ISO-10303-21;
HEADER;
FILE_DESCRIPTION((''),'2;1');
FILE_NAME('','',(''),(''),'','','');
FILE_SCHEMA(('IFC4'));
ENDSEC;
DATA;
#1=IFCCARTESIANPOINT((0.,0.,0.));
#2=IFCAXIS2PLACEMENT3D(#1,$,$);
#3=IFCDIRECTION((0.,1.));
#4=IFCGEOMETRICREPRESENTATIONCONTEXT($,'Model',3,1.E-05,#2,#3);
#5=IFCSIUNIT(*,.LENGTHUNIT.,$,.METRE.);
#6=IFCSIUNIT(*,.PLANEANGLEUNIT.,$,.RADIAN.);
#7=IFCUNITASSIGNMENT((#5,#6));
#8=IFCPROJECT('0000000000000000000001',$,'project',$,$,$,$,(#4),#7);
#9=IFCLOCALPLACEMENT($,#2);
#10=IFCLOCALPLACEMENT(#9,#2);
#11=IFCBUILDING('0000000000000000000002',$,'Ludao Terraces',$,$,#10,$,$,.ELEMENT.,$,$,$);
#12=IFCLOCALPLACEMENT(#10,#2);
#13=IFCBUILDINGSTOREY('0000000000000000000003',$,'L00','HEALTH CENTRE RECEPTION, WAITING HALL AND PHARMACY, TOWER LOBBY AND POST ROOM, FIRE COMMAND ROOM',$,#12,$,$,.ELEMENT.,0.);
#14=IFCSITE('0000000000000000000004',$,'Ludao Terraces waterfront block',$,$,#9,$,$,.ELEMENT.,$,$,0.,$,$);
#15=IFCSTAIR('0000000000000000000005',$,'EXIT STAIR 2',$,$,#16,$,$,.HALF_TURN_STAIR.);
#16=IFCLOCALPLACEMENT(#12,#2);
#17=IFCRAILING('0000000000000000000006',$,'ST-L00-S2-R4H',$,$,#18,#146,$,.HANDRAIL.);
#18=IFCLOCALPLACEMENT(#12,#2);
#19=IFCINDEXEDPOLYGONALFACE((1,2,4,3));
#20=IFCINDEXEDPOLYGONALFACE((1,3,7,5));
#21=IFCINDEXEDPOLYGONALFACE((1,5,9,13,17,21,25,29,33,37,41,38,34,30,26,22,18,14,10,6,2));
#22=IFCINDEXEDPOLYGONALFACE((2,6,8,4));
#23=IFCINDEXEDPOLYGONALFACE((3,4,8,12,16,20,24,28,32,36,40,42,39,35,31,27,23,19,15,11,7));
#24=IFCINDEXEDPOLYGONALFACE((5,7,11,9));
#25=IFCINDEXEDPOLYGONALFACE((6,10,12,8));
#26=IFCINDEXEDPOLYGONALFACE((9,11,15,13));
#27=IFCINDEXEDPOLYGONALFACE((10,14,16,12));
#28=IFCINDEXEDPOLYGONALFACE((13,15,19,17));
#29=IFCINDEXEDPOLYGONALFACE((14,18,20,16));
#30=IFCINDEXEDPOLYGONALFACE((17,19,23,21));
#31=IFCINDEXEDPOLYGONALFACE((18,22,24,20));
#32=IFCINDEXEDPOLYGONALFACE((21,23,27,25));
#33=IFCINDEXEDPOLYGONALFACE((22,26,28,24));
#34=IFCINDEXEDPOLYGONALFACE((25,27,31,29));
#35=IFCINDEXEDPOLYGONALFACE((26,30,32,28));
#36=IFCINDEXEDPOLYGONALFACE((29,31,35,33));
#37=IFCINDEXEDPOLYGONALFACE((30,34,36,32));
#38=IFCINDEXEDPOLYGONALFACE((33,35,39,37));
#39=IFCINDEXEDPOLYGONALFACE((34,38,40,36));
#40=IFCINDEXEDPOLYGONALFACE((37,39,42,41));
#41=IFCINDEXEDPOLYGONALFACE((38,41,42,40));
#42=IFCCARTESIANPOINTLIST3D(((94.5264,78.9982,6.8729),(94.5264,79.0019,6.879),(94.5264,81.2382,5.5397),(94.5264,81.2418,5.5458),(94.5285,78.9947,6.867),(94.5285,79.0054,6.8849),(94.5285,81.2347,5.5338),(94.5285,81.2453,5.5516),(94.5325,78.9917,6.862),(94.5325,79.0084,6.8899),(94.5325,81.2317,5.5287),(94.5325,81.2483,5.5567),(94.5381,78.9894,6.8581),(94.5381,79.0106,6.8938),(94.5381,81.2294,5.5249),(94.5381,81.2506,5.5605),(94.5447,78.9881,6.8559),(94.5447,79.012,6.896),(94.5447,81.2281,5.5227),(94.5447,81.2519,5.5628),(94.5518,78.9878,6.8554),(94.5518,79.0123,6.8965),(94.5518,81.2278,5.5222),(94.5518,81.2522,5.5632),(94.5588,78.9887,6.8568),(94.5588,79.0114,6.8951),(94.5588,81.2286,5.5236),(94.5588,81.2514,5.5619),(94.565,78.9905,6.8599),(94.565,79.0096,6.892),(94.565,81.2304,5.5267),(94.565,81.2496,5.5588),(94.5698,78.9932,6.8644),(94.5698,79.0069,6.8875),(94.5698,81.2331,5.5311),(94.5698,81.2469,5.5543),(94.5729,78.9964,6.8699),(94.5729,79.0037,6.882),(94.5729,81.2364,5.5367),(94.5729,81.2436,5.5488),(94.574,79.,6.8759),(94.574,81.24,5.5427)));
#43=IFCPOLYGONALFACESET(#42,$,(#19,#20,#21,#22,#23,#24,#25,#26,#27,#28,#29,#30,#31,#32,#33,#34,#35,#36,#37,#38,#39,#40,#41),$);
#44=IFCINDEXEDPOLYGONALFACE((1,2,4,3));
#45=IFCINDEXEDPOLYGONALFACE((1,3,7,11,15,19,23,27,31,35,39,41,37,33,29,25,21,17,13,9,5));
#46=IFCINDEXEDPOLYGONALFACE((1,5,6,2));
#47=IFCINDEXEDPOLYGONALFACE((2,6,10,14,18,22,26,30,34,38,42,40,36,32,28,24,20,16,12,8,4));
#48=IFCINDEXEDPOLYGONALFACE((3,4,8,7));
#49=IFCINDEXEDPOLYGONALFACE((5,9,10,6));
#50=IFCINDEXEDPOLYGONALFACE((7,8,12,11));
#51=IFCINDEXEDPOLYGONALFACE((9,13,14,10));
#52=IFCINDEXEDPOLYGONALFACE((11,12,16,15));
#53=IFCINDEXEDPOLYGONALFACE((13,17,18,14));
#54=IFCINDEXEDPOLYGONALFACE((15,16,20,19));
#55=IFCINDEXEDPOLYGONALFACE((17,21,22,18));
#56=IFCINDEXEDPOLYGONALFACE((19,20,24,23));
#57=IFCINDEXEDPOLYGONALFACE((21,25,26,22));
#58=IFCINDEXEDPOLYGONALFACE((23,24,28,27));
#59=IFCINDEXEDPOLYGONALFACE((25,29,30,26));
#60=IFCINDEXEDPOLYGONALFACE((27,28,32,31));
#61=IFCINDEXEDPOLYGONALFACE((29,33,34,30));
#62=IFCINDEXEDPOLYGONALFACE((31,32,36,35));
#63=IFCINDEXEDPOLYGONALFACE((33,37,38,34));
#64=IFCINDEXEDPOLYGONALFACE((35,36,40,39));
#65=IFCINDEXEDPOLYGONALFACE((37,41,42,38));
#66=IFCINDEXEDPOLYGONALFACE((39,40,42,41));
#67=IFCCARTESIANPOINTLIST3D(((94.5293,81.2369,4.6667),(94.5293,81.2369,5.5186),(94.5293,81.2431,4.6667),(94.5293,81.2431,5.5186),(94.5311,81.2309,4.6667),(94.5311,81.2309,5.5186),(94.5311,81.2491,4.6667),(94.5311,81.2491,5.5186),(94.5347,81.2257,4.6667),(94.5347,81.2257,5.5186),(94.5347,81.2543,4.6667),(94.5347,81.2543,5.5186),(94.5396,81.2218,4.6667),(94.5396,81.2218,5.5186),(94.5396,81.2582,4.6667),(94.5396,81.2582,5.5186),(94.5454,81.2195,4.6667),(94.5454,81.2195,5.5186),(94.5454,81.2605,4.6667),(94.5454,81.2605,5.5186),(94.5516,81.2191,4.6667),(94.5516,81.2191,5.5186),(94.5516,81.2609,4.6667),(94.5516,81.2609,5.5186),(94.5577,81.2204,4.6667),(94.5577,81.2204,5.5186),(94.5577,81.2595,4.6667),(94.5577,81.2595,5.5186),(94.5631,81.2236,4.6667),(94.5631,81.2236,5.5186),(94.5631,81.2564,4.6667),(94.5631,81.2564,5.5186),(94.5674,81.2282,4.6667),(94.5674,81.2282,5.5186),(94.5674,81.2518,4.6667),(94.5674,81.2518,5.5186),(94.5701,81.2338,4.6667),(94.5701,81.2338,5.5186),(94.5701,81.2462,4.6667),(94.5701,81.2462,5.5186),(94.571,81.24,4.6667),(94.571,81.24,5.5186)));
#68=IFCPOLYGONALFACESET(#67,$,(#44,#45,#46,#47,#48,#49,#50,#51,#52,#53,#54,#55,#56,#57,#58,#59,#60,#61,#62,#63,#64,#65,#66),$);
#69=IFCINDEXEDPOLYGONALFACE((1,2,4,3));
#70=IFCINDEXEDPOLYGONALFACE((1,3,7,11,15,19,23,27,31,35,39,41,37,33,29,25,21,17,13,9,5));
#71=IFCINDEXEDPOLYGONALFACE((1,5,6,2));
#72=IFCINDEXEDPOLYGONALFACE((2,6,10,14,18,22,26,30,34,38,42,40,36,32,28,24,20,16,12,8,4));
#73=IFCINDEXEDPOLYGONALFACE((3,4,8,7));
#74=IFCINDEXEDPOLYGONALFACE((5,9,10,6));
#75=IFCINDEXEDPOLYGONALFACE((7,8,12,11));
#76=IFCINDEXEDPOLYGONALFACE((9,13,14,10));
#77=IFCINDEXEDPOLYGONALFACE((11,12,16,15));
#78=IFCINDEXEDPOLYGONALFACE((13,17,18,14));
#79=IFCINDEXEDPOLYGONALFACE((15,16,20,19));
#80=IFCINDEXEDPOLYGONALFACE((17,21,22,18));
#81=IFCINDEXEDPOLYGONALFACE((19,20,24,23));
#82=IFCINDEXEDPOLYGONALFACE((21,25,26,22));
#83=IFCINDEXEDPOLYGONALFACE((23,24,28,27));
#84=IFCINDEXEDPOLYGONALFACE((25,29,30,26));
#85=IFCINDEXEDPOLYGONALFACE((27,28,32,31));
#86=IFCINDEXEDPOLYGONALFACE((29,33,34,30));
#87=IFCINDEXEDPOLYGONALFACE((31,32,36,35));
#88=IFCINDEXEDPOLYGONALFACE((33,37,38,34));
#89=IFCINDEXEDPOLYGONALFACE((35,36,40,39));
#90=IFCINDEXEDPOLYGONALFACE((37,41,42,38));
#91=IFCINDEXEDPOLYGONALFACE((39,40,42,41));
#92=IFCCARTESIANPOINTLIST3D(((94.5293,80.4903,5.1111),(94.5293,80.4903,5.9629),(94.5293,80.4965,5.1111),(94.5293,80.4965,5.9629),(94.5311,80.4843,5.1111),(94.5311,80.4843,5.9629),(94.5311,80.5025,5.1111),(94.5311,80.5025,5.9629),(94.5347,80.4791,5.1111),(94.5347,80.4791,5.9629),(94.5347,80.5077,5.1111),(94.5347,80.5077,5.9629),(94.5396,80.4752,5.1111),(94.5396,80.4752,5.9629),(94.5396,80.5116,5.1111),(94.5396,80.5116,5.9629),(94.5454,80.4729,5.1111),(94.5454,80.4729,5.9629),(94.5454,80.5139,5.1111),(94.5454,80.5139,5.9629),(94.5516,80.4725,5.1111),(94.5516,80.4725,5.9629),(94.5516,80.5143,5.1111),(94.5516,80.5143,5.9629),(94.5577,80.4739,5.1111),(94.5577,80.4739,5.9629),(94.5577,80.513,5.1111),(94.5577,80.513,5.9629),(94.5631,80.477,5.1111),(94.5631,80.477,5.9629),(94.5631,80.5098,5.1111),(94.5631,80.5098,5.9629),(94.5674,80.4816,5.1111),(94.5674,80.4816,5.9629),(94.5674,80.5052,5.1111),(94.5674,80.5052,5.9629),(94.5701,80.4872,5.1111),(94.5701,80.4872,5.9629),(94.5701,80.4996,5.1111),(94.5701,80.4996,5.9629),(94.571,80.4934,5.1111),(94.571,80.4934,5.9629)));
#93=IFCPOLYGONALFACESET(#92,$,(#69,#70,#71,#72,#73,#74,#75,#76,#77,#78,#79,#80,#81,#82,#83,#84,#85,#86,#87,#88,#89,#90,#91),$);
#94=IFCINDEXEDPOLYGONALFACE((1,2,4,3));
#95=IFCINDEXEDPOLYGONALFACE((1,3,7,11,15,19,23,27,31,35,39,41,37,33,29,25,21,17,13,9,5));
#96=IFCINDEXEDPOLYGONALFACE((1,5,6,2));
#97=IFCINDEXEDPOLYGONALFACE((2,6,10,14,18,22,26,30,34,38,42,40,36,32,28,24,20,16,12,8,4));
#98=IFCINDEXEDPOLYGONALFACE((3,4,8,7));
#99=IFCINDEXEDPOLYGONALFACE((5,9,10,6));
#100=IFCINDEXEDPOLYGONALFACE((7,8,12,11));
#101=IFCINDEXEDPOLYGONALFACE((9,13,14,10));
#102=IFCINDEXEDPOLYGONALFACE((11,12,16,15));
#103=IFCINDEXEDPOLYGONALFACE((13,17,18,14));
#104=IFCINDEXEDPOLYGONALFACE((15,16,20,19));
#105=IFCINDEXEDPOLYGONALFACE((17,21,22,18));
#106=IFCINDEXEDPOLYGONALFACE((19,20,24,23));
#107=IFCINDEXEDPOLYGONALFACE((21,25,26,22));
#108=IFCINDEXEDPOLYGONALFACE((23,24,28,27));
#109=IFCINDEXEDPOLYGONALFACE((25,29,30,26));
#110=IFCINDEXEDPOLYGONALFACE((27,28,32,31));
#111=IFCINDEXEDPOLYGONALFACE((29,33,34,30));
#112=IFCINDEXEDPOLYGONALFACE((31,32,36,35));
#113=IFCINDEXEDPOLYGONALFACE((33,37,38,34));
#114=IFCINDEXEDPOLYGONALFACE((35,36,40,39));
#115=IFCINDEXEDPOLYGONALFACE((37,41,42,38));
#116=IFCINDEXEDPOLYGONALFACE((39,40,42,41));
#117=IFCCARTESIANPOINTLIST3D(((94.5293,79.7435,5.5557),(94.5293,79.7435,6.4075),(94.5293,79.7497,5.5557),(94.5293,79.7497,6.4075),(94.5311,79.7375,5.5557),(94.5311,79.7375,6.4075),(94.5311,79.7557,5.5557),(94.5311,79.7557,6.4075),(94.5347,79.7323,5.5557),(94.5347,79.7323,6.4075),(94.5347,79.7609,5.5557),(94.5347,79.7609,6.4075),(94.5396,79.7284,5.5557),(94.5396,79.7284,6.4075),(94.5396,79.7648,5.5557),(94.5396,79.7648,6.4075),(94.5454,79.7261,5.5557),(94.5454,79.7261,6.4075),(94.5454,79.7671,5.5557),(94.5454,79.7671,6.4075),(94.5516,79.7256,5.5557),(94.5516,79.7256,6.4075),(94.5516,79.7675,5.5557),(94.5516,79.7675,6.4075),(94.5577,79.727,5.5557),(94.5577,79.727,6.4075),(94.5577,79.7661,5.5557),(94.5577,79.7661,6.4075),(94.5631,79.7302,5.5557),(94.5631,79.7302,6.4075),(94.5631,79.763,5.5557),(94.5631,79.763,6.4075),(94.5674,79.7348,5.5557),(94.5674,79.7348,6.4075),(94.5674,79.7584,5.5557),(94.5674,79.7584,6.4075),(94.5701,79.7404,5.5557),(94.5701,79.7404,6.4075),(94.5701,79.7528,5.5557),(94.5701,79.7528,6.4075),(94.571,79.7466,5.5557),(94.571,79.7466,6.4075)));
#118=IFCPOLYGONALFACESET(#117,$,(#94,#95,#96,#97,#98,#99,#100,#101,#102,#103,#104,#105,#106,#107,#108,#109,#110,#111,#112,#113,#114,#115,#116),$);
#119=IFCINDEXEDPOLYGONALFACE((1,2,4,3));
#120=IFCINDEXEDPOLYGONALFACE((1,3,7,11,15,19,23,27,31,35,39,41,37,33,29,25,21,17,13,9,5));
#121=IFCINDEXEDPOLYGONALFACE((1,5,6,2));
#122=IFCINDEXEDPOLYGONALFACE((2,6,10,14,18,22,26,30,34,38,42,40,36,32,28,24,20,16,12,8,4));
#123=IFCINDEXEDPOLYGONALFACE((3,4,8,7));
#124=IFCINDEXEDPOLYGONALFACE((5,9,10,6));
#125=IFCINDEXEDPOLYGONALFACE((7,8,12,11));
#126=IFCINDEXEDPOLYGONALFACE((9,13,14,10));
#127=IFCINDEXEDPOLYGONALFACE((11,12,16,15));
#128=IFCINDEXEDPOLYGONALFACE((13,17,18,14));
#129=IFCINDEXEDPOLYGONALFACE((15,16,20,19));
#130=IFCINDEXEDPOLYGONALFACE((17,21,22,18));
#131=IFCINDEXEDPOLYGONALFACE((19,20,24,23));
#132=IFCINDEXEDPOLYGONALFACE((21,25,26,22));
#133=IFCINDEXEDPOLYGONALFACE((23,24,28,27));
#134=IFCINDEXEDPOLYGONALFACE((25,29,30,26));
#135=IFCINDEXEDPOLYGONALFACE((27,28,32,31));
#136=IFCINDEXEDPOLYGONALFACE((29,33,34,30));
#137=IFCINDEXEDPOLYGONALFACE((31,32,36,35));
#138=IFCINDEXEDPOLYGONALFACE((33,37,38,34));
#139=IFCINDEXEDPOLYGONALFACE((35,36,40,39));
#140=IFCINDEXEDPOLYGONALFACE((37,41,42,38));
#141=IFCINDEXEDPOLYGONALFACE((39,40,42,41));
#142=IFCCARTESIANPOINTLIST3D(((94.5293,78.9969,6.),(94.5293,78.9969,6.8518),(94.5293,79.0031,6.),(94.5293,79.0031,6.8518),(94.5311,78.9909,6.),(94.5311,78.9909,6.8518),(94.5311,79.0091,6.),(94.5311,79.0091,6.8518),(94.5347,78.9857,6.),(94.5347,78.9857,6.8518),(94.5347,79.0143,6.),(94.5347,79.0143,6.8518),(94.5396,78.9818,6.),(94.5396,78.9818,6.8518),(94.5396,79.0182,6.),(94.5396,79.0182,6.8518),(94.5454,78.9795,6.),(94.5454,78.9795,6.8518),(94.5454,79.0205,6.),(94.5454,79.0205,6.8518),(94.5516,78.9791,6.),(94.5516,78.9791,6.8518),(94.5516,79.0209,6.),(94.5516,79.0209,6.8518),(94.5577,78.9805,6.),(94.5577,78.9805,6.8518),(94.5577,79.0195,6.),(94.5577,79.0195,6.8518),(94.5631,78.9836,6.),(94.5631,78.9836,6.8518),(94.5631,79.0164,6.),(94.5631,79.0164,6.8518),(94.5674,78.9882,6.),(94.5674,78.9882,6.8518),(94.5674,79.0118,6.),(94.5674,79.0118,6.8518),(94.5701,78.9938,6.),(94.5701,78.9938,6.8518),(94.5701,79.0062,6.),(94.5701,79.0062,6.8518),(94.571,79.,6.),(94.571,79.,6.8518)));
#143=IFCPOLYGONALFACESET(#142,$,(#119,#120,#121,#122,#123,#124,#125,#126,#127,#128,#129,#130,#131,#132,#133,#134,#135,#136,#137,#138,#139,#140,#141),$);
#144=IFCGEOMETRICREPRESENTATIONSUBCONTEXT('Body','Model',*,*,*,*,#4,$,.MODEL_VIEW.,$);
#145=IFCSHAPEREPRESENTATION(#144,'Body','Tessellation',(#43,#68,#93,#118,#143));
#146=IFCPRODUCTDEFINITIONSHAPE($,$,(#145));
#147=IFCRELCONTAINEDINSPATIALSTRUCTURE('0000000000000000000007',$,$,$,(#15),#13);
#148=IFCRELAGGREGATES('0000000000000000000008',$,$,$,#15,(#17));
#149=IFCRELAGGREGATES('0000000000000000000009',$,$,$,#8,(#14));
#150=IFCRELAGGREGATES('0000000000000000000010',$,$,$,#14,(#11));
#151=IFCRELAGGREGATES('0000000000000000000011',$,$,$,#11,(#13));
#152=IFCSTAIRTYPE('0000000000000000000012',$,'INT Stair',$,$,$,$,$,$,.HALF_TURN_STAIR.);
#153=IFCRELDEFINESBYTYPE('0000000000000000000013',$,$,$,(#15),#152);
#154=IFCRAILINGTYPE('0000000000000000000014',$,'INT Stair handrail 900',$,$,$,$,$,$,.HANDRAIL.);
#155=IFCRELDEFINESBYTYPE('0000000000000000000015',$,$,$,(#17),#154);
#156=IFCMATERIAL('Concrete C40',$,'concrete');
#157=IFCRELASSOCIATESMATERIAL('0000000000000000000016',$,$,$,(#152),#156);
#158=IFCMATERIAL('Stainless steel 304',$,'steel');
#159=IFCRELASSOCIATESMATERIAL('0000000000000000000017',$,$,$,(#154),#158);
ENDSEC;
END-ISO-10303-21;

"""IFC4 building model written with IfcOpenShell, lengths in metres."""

from ifc_helpers import new_model, si_unit, direction, frame, origin, origin_2d, place, context, subcontext, project, spatial, circle, extrude, material, type_object, element, aggregate, save


model = new_model("IFC4")

# Units and contexts
model_context = context("Model", 3, precision=1e-05, world=origin(), true_north=direction((0.0, 1.0)))
body_context = subcontext(model_context, "Body", "Model", "MODEL_VIEW")
ifc_project = project(units=[si_unit("LENGTHUNIT", "METRE"), si_unit("PLANEANGLEUNIT", "RADIAN")], contexts=[model_context])

# Site, building, storey
site_placement = place(None, origin())
site = spatial("IfcSite", under=ifc_project, at=site_placement, Name="Ludao Terraces waterfront block", CompositionType="ELEMENT", RefElevation=0.0)
building_placement = place(site_placement, origin())
building = spatial("IfcBuilding", under=site, at=building_placement, Name="Ludao Terraces", CompositionType="ELEMENT")
storey_placement = place(building_placement, origin())
storey = spatial("IfcBuildingStorey", under=building, at=storey_placement, Name="L00", Description="HEALTH CENTRE RECEPTION, WAITING HALL AND PHARMACY, TOWER LOBBY AND POST ROOM, FIRE COMMAND ROOM", CompositionType="ELEMENT", Elevation=0.0)

# Shared definitions
ifc_material_1 = material(Name="Concrete C40", Category="concrete")

# Stair, railing
stair_type = type_object("IfcStairType", Name="INT Stair", PredefinedType="HALF_TURN_STAIR", material=ifc_material_1)
stair_placement = place(storey_placement, origin())
stair = element("IfcStair", 1, at=stair_placement, inside=storey, type_object=stair_type, Name="EXIT STAIR 2", PredefinedType="HALF_TURN_STAIR")
ifc_material_2 = material(Name="Stainless steel 304", Category="steel")
railing_type_1 = type_object("IfcRailingType", Name="INT Stair handrail 900", PredefinedType="HANDRAIL", material=ifc_material_2)
railing_1_placement = place(storey_placement, frame((94.55, 81.24, 4.6667)))
railing_1 = element("IfcRailing", 2, at=railing_1_placement, type_object=railing_type_1, Name="ST-L00-S2-R4H", PredefinedType="HANDRAIL", context=body_context, shape_type="SweptSolid", body=[
    extrude(circle(Radius=0.0239, at=origin_2d()), frame((0.0, 0.0, 0.876), z_axis=(0.0, -0.859306, 0.511462), x_axis=(1.0, 0.0, 0.0)), (0.0, 0.0, 1.0), 2.6067),
    extrude(circle(Radius=0.021, at=origin_2d()), origin(), (0.0, 0.0, 1.0), 0.8518),
    extrude(circle(Radius=0.021, at=origin_2d()), frame((0.0, -0.7466, 0.4443)), (0.0, 0.0, 1.0), 0.8518),
    extrude(circle(Radius=0.021, at=origin_2d()), frame((0.0, -1.4934, 0.8889)), (0.0, 0.0, 1.0), 0.8518),
    extrude(circle(Radius=0.021, at=origin_2d()), frame((0.0, -2.24, 1.3333)), (0.0, 0.0, 1.0), 0.8518),
])
aggregate(stair, [railing_1])

save(model, "model.ifc")
